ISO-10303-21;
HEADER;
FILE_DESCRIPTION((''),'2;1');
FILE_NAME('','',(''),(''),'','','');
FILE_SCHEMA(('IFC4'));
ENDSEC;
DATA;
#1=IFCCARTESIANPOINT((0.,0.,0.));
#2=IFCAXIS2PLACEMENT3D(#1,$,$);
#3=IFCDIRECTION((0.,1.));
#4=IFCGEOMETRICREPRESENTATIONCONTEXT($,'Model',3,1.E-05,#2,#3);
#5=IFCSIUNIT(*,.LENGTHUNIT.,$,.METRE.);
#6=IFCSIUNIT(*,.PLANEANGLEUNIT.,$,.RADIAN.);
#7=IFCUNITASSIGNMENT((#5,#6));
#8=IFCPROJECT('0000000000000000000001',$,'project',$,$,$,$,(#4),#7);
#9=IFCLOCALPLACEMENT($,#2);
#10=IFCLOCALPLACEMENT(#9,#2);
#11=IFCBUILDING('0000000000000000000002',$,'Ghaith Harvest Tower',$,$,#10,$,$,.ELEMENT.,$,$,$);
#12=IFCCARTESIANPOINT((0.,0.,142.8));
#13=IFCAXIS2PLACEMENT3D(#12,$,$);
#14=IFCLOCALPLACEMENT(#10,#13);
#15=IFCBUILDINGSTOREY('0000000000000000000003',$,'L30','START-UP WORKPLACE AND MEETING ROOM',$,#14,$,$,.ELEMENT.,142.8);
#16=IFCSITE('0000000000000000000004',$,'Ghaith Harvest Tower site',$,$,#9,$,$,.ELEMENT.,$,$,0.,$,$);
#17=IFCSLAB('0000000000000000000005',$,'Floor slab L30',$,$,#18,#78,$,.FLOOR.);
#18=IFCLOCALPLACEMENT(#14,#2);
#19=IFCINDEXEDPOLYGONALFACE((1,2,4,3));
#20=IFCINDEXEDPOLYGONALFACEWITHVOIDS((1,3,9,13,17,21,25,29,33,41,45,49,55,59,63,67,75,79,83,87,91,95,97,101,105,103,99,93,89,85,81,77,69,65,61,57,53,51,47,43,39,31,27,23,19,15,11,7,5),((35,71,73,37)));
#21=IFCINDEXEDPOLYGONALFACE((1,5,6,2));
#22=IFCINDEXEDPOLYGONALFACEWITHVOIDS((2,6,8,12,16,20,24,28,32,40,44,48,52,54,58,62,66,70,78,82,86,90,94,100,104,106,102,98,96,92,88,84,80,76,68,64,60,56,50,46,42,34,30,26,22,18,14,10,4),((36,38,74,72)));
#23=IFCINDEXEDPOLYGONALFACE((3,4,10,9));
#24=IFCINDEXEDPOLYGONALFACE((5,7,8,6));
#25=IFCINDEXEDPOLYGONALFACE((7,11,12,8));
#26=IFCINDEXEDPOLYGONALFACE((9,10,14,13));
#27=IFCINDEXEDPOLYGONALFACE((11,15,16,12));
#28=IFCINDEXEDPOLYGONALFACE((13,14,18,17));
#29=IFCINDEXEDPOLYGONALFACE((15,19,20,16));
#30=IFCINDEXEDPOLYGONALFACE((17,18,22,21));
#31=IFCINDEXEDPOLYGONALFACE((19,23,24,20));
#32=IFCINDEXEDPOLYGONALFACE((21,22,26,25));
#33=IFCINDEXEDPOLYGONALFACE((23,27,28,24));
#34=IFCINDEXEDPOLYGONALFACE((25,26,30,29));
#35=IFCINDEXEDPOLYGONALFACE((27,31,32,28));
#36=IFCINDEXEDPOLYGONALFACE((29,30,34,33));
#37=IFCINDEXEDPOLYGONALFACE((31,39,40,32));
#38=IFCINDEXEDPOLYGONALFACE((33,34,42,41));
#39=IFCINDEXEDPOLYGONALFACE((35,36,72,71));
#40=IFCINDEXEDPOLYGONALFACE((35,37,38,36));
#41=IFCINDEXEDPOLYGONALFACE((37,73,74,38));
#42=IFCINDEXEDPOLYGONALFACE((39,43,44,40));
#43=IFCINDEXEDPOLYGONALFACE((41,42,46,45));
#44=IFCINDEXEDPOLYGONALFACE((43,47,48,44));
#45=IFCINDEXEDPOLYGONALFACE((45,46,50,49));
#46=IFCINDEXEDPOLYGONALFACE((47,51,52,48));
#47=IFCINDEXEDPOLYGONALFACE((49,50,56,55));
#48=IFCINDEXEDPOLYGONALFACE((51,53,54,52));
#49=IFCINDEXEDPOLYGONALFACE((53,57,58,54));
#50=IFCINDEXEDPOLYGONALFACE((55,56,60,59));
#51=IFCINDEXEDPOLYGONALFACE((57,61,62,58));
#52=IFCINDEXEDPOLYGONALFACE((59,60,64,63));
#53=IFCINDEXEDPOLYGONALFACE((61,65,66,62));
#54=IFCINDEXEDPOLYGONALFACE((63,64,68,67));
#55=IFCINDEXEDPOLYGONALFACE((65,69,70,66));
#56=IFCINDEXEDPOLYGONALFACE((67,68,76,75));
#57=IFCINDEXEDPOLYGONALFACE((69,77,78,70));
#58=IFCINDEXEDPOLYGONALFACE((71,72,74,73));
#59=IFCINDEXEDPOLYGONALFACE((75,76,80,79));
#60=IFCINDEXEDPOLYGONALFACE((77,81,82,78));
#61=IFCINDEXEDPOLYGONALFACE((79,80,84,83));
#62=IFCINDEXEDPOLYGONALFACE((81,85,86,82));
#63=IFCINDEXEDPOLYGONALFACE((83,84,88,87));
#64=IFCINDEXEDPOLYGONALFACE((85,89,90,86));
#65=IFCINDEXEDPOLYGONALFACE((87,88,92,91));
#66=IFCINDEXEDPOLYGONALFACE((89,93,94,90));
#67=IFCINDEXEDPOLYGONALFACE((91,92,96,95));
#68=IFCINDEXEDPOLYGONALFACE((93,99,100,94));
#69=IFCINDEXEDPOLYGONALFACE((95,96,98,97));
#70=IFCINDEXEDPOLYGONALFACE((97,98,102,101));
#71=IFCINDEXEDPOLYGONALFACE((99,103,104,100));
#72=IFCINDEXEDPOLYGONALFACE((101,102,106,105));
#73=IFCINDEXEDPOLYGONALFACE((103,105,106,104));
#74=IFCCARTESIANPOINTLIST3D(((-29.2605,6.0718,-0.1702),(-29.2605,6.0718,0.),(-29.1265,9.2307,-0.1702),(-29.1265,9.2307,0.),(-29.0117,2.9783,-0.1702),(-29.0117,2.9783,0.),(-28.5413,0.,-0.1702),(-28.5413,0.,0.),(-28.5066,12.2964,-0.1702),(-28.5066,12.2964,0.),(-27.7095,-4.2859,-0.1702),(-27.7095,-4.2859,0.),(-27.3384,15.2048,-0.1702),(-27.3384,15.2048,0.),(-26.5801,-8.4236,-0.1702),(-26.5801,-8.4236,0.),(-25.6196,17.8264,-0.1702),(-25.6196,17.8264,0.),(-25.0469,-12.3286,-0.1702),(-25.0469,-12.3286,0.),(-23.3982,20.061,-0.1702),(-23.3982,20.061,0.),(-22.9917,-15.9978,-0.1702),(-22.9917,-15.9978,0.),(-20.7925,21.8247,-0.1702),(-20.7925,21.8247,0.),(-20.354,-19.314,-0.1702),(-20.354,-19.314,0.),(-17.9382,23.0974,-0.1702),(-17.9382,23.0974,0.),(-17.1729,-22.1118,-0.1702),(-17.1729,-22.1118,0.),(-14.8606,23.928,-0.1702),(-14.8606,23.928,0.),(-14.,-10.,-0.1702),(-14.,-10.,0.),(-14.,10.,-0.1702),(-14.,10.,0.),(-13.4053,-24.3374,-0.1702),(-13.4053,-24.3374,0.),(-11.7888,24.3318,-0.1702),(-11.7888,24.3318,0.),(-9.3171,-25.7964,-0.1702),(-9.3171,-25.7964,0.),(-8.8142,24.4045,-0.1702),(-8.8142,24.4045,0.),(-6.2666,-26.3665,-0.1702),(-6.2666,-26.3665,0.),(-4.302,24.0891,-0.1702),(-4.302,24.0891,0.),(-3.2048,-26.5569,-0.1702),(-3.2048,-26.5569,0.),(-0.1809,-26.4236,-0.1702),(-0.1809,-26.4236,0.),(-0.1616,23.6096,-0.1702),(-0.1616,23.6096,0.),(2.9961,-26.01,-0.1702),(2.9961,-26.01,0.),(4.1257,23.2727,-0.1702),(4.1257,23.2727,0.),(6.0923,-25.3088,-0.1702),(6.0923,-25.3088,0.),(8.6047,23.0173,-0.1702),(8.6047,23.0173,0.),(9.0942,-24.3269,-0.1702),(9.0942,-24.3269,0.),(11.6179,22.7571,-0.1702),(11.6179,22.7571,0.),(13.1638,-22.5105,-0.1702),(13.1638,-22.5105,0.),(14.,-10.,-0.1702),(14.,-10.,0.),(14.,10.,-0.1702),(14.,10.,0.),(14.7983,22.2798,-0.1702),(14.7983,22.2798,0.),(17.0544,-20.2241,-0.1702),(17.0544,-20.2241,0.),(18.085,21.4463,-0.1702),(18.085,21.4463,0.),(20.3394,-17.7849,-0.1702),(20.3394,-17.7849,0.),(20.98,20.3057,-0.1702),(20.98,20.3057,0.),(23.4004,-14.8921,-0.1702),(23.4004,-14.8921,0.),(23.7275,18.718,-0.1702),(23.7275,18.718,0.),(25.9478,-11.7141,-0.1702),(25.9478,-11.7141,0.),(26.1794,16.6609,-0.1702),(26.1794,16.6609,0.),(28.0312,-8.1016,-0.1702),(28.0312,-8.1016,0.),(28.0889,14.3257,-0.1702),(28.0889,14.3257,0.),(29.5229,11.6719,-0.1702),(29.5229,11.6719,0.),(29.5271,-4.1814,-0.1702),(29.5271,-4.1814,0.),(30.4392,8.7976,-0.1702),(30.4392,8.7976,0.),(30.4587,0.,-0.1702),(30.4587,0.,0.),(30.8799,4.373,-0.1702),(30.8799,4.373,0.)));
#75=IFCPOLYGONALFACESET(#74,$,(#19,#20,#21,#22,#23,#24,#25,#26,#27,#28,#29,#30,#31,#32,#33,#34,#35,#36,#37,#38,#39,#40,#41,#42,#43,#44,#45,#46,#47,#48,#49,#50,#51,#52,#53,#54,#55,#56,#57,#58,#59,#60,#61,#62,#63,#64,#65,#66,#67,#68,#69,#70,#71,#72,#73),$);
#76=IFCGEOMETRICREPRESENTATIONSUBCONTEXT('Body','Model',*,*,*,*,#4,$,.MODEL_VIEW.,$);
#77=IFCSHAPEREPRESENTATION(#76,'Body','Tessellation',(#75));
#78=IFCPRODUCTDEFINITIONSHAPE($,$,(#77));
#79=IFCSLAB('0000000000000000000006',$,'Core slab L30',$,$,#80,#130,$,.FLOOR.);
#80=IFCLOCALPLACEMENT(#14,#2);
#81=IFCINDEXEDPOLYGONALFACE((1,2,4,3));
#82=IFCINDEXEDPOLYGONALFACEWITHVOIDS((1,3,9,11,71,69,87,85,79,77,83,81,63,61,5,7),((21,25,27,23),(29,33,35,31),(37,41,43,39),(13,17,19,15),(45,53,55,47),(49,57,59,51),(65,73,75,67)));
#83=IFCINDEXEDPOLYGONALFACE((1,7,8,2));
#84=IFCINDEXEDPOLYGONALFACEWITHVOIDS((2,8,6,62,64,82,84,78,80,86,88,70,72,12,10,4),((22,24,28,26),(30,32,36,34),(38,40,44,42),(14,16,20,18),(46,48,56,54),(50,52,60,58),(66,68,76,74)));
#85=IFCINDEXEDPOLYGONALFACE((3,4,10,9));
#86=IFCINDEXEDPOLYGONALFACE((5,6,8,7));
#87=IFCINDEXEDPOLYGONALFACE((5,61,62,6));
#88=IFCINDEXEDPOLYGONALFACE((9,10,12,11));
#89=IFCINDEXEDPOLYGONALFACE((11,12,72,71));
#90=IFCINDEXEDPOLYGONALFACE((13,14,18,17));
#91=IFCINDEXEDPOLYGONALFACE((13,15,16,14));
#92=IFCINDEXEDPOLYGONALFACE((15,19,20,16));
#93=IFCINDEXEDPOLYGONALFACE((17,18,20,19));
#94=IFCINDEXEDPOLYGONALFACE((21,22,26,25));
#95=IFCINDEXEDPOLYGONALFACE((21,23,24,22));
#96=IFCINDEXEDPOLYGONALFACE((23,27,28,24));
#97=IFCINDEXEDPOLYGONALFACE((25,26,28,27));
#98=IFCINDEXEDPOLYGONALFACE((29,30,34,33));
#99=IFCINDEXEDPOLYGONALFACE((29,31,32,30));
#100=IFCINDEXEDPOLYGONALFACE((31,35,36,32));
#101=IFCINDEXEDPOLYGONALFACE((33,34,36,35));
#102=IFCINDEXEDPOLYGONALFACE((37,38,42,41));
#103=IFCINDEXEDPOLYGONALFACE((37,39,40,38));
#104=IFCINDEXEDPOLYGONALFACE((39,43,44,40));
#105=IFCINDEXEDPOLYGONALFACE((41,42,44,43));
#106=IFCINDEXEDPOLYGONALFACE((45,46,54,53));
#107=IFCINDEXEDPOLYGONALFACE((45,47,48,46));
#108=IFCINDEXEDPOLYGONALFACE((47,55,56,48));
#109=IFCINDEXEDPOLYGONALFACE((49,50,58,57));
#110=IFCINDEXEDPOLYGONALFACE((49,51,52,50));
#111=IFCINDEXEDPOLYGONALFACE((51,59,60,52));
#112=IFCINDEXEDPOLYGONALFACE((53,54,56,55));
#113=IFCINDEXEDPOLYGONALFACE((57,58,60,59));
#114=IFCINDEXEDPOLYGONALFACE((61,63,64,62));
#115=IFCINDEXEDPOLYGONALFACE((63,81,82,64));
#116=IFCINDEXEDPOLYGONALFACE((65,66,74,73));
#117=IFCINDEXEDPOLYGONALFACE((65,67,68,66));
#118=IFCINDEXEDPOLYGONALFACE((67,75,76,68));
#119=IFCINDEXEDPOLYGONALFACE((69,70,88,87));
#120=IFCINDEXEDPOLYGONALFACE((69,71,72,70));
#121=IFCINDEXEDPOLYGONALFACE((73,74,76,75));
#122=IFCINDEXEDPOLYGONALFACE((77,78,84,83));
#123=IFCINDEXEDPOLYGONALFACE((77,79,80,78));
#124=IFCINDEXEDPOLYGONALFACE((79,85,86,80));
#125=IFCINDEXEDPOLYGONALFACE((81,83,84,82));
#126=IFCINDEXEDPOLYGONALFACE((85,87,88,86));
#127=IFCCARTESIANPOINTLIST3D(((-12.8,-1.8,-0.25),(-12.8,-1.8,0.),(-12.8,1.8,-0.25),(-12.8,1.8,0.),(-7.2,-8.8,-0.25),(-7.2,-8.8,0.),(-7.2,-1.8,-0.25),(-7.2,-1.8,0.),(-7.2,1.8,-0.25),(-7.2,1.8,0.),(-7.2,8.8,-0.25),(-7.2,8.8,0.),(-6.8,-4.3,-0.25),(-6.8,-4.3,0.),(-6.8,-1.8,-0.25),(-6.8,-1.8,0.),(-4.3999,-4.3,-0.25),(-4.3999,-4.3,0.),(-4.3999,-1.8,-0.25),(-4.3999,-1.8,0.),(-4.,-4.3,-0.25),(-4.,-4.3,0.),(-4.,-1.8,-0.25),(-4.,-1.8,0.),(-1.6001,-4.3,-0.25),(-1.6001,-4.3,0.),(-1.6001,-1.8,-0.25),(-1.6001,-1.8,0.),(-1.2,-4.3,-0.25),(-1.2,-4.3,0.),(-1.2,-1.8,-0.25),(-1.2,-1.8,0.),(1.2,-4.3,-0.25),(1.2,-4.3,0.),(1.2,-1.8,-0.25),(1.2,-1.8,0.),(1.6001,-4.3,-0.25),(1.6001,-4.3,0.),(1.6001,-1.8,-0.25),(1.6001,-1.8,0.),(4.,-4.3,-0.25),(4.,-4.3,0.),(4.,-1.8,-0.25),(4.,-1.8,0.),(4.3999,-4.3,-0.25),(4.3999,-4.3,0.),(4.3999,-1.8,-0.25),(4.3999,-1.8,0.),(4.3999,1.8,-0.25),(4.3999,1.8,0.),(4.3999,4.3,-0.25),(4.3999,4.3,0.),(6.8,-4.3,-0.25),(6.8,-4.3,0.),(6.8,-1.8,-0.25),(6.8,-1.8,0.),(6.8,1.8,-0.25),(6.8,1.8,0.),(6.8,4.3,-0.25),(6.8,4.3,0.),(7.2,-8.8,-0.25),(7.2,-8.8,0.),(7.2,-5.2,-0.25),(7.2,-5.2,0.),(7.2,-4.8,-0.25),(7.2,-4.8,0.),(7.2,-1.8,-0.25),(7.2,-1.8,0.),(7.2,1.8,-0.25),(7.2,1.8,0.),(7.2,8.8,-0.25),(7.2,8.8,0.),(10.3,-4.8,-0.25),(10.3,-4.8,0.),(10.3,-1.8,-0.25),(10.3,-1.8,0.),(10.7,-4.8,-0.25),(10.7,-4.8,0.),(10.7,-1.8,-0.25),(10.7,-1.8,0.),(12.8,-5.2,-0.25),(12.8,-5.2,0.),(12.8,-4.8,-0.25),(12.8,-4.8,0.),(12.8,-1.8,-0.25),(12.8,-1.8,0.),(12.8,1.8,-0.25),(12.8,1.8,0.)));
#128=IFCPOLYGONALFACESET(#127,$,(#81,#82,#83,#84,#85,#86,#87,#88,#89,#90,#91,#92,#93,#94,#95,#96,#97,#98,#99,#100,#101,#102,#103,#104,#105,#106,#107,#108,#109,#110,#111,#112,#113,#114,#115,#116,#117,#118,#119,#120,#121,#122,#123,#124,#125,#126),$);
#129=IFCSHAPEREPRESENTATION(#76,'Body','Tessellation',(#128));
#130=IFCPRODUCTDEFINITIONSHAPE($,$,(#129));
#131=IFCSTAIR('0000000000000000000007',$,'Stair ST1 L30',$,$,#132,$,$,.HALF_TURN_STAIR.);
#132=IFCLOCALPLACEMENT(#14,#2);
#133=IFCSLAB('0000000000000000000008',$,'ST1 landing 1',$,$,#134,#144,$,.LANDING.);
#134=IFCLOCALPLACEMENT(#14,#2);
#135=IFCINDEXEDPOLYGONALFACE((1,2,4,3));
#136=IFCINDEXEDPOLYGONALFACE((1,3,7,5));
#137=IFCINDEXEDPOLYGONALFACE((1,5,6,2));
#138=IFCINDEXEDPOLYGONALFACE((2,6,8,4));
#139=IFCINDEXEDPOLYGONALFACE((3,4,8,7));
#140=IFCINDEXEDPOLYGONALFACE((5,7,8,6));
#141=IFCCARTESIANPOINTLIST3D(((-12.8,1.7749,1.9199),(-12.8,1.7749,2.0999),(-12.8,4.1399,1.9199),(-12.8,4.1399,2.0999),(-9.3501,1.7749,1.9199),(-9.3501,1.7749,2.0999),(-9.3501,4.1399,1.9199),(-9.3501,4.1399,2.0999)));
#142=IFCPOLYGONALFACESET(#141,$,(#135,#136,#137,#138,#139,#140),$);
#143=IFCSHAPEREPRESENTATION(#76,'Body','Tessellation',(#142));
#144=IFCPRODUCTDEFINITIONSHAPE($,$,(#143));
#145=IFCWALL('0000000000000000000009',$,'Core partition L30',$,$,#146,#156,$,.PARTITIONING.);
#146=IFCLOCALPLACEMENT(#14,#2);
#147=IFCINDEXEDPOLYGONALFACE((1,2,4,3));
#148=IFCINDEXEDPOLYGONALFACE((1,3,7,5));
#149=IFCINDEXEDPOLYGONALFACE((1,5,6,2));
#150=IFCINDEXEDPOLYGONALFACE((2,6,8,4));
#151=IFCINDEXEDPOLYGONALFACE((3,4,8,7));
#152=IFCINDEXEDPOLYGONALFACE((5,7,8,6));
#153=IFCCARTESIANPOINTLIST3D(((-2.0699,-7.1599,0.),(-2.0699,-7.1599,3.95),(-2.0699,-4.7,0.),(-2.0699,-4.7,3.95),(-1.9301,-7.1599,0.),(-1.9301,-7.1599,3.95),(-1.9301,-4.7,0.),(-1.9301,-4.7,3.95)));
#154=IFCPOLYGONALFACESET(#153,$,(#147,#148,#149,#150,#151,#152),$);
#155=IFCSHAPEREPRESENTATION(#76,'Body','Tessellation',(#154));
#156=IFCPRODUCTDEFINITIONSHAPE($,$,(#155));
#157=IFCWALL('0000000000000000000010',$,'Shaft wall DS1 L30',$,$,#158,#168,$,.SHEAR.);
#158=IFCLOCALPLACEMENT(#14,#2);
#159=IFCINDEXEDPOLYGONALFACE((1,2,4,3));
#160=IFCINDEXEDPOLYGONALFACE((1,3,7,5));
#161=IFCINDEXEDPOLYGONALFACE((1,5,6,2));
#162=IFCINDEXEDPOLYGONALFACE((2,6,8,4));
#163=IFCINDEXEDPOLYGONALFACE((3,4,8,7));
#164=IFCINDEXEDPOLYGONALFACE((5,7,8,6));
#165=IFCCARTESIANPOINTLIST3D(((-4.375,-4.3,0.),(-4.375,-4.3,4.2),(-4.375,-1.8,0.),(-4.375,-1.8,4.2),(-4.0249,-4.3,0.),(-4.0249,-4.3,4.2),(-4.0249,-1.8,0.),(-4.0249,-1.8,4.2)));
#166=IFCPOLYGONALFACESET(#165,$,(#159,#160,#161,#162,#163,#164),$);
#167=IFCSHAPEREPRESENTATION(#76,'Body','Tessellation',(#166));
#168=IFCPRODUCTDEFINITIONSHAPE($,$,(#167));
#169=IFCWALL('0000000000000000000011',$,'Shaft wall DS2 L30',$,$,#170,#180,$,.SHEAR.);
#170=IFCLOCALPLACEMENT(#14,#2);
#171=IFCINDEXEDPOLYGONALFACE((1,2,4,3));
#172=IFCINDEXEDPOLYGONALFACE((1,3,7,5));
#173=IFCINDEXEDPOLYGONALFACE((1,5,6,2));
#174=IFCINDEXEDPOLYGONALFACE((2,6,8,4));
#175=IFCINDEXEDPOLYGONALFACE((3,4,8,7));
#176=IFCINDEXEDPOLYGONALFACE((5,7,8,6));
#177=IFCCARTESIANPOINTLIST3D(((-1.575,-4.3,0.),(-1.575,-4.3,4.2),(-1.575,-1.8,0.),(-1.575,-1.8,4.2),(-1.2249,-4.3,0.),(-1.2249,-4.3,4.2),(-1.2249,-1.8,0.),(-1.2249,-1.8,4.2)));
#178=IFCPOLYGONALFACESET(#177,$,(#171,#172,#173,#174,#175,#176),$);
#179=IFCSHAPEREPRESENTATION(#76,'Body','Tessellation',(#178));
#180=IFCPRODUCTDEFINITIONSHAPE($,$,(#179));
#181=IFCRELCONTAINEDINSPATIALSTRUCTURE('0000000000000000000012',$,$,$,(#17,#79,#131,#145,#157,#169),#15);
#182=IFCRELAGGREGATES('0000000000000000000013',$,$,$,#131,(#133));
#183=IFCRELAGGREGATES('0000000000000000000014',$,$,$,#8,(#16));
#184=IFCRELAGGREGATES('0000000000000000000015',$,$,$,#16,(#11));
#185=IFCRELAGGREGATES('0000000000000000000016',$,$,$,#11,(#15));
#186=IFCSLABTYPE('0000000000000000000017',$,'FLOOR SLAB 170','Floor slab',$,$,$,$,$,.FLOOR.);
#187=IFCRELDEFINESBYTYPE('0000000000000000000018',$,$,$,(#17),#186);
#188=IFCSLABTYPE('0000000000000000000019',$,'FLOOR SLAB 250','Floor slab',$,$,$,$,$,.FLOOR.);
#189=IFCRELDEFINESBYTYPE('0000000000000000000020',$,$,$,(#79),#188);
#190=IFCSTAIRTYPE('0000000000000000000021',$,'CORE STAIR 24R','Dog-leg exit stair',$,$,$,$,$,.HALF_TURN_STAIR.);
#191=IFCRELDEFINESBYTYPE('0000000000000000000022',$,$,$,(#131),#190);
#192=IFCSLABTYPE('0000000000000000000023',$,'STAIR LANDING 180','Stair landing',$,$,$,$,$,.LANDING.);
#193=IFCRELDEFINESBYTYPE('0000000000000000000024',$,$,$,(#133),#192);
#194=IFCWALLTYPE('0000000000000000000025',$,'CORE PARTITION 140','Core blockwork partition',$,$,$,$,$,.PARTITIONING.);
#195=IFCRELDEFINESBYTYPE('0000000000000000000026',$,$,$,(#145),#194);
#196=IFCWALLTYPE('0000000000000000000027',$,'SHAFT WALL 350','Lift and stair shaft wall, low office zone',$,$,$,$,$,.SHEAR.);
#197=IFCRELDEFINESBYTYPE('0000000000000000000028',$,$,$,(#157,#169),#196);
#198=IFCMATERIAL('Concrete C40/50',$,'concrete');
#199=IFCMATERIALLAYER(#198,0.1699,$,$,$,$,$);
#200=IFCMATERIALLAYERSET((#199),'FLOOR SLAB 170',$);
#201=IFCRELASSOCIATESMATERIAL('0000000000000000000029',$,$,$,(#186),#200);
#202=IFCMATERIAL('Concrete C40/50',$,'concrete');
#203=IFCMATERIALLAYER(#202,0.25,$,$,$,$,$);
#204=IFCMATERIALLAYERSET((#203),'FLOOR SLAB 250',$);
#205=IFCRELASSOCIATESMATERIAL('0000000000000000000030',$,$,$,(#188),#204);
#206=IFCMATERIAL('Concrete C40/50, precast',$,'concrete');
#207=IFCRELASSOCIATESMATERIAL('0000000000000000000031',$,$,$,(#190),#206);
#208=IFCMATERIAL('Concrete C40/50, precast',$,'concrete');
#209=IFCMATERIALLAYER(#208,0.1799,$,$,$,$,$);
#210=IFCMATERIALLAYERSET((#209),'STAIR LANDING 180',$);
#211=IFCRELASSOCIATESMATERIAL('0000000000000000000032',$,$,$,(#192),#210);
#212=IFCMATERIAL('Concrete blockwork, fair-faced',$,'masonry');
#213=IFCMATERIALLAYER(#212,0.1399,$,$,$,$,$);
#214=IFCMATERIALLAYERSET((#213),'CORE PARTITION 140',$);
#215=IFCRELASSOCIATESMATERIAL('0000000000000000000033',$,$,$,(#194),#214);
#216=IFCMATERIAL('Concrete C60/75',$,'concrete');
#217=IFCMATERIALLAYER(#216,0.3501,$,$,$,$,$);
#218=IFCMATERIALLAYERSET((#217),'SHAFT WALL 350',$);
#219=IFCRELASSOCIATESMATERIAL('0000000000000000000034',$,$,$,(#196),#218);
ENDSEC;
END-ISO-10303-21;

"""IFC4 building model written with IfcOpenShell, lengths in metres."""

from ifc_helpers import new_model, si_unit, direction, frame, frame_2d, origin, place, context, subcontext, project, spatial, polyline, rectangle, outline, extrude, material, layer, layer_set, type_object, element, aggregate, save


model = new_model("IFC4")

# Units and contexts
model_context = context("Model", 3, precision=1e-05, world=origin(), true_north=direction((0.0, 1.0)))
body_context = subcontext(model_context, "Body", "Model", "MODEL_VIEW")
ifc_project = project(units=[si_unit("LENGTHUNIT", "METRE"), si_unit("PLANEANGLEUNIT", "RADIAN")], contexts=[model_context])

# Site, building, storey
site_placement = place(None, origin())
site = spatial("IfcSite", under=ifc_project, at=site_placement, Name="Ghaith Harvest Tower site", CompositionType="ELEMENT", RefElevation=0.0)
building_placement = place(site_placement, origin())
building = spatial("IfcBuilding", under=site, at=building_placement, Name="Ghaith Harvest Tower", CompositionType="ELEMENT")
storey_placement = place(building_placement, frame((0.0, 0.0, 142.8)))
storey = spatial("IfcBuildingStorey", under=building, at=storey_placement, Name="L30", Description="START-UP WORKPLACE AND MEETING ROOM", CompositionType="ELEMENT", Elevation=142.8)

# Slabs
ifc_material_1 = material(Name="Concrete C40/50", Category="concrete")
ifc_layer_1 = layer(ifc_material_1, 0.1699)
ifc_layer_set_1 = layer_set([ifc_layer_1], Name="FLOOR SLAB 170")
slab_type_1 = type_object("IfcSlabType", Name="FLOOR SLAB 170", Description="Floor slab", PredefinedType="FLOOR", material=ifc_layer_set_1)
slab_1_placement = place(storey_placement, frame((0.0, 0.0, -0.1702)))
element("IfcSlab", 1, at=slab_1_placement, inside=storey, type_object=slab_type_1, Name="Floor slab L30", PredefinedType="FLOOR", context=body_context, shape_type="SweptSolid", body=[
    extrude(outline(polyline([(30.4587, 0.0), (30.8799, 4.373), (30.4392, 8.7976), (29.5229, 11.6719), (28.0889, 14.3257), (26.1794, 16.6609), (23.7275, 18.718), (20.98, 20.3057), (18.085, 21.4463), (14.7983, 22.2798), (11.6179, 22.7571), (8.6047, 23.0173), (4.1257, 23.2727), (-0.1616, 23.6096), (-4.302, 24.0891), (-8.8142, 24.4045), (-11.7888, 24.3318), (-14.8606, 23.928), (-17.9382, 23.0974), (-20.7925, 21.8247), (-23.3982, 20.061), (-25.6196, 17.8264), (-27.3384, 15.2048), (-28.5066, 12.2964), (-29.1265, 9.2307), (-29.2605, 6.0718), (-29.0117, 2.9783), (-28.5413, 0.0), (-27.7095, -4.2859), (-26.5801, -8.4236), (-25.0469, -12.3286), (-22.9917, -15.9978), (-20.354, -19.314), (-17.1729, -22.1118), (-13.4053, -24.3374), (-9.3171, -25.7964), (-6.2666, -26.3665), (-3.2048, -26.5569), (-0.1809, -26.4236), (2.9961, -26.01), (6.0923, -25.3088), (9.0942, -24.3269), (13.1638, -22.5105), (17.0544, -20.2241), (20.3394, -17.7849), (23.4004, -14.8921), (25.9478, -11.7141), (28.0312, -8.1016), (29.5271, -4.1814), (30.4587, 0.0)]), holes=[polyline([(-14.0, -10.0), (14.0, -10.0), (14.0, 10.0), (-14.0, 10.0), (-14.0, -10.0)])]), origin(), (0.0, 0.0, 1.0), 0.1702),
])
ifc_material_2 = material(Name="Concrete C40/50", Category="concrete")
ifc_layer_2 = layer(ifc_material_2, 0.25)
ifc_layer_set_2 = layer_set([ifc_layer_2], Name="FLOOR SLAB 250")
slab_type_2 = type_object("IfcSlabType", Name="FLOOR SLAB 250", Description="Floor slab", PredefinedType="FLOOR", material=ifc_layer_set_2)
slab_2_placement = place(storey_placement, frame((0.0, 0.0, -0.25)))
element("IfcSlab", 2, at=slab_2_placement, inside=storey, type_object=slab_type_2, Name="Core slab L30", PredefinedType="FLOOR", context=body_context, shape_type="SweptSolid", body=[
    extrude(outline(polyline([(-12.8, 1.8), (-7.2, 1.8), (-7.2, 8.8), (7.2, 8.8), (7.2, 1.8), (12.8, 1.8), (12.8, -1.8), (10.7, -1.8), (10.7, -4.8), (12.8, -4.8), (12.8, -5.2), (7.2, -5.2), (7.2, -8.8), (-7.2, -8.8), (-7.2, -1.8), (-12.8, -1.8), (-12.8, 1.8)]), holes=[polyline([(-4.3999, -4.3), (-4.3999, -1.8), (-6.8, -1.8), (-6.8, -4.3), (-4.3999, -4.3)]), polyline([(-1.6001, -4.3), (-1.6001, -1.8), (-4.0, -1.8), (-4.0, -4.3), (-1.6001, -4.3)]), polyline([(1.2, -1.8), (-1.2, -1.8), (-1.2, -4.3), (1.2, -4.3), (1.2, -1.8)]), polyline([(4.0, -4.3), (4.0, -1.8), (1.6001, -1.8), (1.6001, -4.3), (4.0, -4.3)]), polyline([(10.3, -4.8), (10.3, -1.8), (7.2, -1.8), (7.2, -4.8), (10.3, -4.8)]), polyline([(6.8, -1.8), (4.3999, -1.8), (4.3999, -4.3), (6.8, -4.3), (6.8, -1.8)]), polyline([(6.8, 1.8), (6.8, 4.3), (4.3999, 4.3), (4.3999, 1.8), (6.8, 1.8)])]), origin(), (0.0, 0.0, 1.0), 0.25),
])

# Stair, slab
ifc_material_3 = material(Name="Concrete C40/50, precast", Category="concrete")
stair_type = type_object("IfcStairType", Name="CORE STAIR 24R", Description="Dog-leg exit stair", PredefinedType="HALF_TURN_STAIR", material=ifc_material_3)
stair_placement = place(storey_placement, origin())
stair = element("IfcStair", 3, at=stair_placement, inside=storey, type_object=stair_type, Name="Stair ST1 L30", PredefinedType="HALF_TURN_STAIR")
ifc_material_4 = material(Name="Concrete C40/50, precast", Category="concrete")
ifc_layer_3 = layer(ifc_material_4, 0.1799)
ifc_layer_set_3 = layer_set([ifc_layer_3], Name="STAIR LANDING 180")
slab_type_3 = type_object("IfcSlabType", Name="STAIR LANDING 180", Description="Stair landing", PredefinedType="LANDING", material=ifc_layer_set_3)
slab_3_placement = place(storey_placement, frame((0.0, 0.0, 1.9199)))
slab_3 = element("IfcSlab", 4, at=slab_3_placement, type_object=slab_type_3, Name="ST1 landing 1", PredefinedType="LANDING", context=body_context, shape_type="SweptSolid", body=[
    extrude(outline(polyline([(-12.8, 4.1399), (-12.8, 1.7749), (-9.3501, 1.7749), (-9.3501, 4.1399), (-12.8, 4.1399)])), origin(), (0.0, 0.0, 1.0), 0.1799),
])
aggregate(stair, [slab_3])

# Wall
ifc_material_5 = material(Name="Concrete blockwork, fair-faced", Category="masonry")
ifc_layer_4 = layer(ifc_material_5, 0.1399)
ifc_layer_set_4 = layer_set([ifc_layer_4], Name="CORE PARTITION 140")
wall_type_1 = type_object("IfcWallType", Name="CORE PARTITION 140", Description="Core blockwork partition", PredefinedType="PARTITIONING", material=ifc_layer_set_4)
wall_1_placement = place(storey_placement, frame((-2.0, -4.7, 0.0), z_axis=(0.0, 0.0, 1.0), x_axis=(0.0, -1.0, 0.0)))
element("IfcWall", 5, at=wall_1_placement, inside=storey, type_object=wall_type_1, Name="Core partition L30", PredefinedType="PARTITIONING", context=body_context, shape_type="SweptSolid", body=[
    extrude(rectangle(XDim=2.46, YDim=0.1399, at=frame_2d((1.23, 0.0))), origin(), (0.0, 0.0, 1.0), 3.95),
])

# Shared definitions
ifc_material_6 = material(Name="Concrete C60/75", Category="concrete")
ifc_layer_5 = layer(ifc_material_6, 0.3501)
ifc_layer_set_5 = layer_set([ifc_layer_5], Name="SHAFT WALL 350")
wall_type_2 = type_object("IfcWallType", Name="SHAFT WALL 350", Description="Lift and stair shaft wall, low office zone", PredefinedType="SHEAR", material=ifc_layer_set_5)

# Walls
for number, where, z_axis, x_axis, name in (
    (6, (-4.2, -4.3, 0.0), (0.0, 0.0, 1.0), (0.0, 1.0, 0.0), "Shaft wall DS1 L30"),
    (7, (-1.3999, -4.3, 0.0), (0.0, 0.0, 1.0), (0.0, 1.0, 0.0), "Shaft wall DS2 L30"),
):
    element("IfcWall", number, at=place(storey_placement, frame(where, z_axis=z_axis, x_axis=x_axis)), inside=storey, type_object=wall_type_2, Name=name, PredefinedType="SHEAR", context=body_context, shape_type="SweptSolid", body=[
        extrude(rectangle(XDim=2.5, YDim=0.3501, at=frame_2d((1.25, 0.0))), origin(), (0.0, 0.0, 1.0), 4.2),
    ])

save(model, "model.ifc")
